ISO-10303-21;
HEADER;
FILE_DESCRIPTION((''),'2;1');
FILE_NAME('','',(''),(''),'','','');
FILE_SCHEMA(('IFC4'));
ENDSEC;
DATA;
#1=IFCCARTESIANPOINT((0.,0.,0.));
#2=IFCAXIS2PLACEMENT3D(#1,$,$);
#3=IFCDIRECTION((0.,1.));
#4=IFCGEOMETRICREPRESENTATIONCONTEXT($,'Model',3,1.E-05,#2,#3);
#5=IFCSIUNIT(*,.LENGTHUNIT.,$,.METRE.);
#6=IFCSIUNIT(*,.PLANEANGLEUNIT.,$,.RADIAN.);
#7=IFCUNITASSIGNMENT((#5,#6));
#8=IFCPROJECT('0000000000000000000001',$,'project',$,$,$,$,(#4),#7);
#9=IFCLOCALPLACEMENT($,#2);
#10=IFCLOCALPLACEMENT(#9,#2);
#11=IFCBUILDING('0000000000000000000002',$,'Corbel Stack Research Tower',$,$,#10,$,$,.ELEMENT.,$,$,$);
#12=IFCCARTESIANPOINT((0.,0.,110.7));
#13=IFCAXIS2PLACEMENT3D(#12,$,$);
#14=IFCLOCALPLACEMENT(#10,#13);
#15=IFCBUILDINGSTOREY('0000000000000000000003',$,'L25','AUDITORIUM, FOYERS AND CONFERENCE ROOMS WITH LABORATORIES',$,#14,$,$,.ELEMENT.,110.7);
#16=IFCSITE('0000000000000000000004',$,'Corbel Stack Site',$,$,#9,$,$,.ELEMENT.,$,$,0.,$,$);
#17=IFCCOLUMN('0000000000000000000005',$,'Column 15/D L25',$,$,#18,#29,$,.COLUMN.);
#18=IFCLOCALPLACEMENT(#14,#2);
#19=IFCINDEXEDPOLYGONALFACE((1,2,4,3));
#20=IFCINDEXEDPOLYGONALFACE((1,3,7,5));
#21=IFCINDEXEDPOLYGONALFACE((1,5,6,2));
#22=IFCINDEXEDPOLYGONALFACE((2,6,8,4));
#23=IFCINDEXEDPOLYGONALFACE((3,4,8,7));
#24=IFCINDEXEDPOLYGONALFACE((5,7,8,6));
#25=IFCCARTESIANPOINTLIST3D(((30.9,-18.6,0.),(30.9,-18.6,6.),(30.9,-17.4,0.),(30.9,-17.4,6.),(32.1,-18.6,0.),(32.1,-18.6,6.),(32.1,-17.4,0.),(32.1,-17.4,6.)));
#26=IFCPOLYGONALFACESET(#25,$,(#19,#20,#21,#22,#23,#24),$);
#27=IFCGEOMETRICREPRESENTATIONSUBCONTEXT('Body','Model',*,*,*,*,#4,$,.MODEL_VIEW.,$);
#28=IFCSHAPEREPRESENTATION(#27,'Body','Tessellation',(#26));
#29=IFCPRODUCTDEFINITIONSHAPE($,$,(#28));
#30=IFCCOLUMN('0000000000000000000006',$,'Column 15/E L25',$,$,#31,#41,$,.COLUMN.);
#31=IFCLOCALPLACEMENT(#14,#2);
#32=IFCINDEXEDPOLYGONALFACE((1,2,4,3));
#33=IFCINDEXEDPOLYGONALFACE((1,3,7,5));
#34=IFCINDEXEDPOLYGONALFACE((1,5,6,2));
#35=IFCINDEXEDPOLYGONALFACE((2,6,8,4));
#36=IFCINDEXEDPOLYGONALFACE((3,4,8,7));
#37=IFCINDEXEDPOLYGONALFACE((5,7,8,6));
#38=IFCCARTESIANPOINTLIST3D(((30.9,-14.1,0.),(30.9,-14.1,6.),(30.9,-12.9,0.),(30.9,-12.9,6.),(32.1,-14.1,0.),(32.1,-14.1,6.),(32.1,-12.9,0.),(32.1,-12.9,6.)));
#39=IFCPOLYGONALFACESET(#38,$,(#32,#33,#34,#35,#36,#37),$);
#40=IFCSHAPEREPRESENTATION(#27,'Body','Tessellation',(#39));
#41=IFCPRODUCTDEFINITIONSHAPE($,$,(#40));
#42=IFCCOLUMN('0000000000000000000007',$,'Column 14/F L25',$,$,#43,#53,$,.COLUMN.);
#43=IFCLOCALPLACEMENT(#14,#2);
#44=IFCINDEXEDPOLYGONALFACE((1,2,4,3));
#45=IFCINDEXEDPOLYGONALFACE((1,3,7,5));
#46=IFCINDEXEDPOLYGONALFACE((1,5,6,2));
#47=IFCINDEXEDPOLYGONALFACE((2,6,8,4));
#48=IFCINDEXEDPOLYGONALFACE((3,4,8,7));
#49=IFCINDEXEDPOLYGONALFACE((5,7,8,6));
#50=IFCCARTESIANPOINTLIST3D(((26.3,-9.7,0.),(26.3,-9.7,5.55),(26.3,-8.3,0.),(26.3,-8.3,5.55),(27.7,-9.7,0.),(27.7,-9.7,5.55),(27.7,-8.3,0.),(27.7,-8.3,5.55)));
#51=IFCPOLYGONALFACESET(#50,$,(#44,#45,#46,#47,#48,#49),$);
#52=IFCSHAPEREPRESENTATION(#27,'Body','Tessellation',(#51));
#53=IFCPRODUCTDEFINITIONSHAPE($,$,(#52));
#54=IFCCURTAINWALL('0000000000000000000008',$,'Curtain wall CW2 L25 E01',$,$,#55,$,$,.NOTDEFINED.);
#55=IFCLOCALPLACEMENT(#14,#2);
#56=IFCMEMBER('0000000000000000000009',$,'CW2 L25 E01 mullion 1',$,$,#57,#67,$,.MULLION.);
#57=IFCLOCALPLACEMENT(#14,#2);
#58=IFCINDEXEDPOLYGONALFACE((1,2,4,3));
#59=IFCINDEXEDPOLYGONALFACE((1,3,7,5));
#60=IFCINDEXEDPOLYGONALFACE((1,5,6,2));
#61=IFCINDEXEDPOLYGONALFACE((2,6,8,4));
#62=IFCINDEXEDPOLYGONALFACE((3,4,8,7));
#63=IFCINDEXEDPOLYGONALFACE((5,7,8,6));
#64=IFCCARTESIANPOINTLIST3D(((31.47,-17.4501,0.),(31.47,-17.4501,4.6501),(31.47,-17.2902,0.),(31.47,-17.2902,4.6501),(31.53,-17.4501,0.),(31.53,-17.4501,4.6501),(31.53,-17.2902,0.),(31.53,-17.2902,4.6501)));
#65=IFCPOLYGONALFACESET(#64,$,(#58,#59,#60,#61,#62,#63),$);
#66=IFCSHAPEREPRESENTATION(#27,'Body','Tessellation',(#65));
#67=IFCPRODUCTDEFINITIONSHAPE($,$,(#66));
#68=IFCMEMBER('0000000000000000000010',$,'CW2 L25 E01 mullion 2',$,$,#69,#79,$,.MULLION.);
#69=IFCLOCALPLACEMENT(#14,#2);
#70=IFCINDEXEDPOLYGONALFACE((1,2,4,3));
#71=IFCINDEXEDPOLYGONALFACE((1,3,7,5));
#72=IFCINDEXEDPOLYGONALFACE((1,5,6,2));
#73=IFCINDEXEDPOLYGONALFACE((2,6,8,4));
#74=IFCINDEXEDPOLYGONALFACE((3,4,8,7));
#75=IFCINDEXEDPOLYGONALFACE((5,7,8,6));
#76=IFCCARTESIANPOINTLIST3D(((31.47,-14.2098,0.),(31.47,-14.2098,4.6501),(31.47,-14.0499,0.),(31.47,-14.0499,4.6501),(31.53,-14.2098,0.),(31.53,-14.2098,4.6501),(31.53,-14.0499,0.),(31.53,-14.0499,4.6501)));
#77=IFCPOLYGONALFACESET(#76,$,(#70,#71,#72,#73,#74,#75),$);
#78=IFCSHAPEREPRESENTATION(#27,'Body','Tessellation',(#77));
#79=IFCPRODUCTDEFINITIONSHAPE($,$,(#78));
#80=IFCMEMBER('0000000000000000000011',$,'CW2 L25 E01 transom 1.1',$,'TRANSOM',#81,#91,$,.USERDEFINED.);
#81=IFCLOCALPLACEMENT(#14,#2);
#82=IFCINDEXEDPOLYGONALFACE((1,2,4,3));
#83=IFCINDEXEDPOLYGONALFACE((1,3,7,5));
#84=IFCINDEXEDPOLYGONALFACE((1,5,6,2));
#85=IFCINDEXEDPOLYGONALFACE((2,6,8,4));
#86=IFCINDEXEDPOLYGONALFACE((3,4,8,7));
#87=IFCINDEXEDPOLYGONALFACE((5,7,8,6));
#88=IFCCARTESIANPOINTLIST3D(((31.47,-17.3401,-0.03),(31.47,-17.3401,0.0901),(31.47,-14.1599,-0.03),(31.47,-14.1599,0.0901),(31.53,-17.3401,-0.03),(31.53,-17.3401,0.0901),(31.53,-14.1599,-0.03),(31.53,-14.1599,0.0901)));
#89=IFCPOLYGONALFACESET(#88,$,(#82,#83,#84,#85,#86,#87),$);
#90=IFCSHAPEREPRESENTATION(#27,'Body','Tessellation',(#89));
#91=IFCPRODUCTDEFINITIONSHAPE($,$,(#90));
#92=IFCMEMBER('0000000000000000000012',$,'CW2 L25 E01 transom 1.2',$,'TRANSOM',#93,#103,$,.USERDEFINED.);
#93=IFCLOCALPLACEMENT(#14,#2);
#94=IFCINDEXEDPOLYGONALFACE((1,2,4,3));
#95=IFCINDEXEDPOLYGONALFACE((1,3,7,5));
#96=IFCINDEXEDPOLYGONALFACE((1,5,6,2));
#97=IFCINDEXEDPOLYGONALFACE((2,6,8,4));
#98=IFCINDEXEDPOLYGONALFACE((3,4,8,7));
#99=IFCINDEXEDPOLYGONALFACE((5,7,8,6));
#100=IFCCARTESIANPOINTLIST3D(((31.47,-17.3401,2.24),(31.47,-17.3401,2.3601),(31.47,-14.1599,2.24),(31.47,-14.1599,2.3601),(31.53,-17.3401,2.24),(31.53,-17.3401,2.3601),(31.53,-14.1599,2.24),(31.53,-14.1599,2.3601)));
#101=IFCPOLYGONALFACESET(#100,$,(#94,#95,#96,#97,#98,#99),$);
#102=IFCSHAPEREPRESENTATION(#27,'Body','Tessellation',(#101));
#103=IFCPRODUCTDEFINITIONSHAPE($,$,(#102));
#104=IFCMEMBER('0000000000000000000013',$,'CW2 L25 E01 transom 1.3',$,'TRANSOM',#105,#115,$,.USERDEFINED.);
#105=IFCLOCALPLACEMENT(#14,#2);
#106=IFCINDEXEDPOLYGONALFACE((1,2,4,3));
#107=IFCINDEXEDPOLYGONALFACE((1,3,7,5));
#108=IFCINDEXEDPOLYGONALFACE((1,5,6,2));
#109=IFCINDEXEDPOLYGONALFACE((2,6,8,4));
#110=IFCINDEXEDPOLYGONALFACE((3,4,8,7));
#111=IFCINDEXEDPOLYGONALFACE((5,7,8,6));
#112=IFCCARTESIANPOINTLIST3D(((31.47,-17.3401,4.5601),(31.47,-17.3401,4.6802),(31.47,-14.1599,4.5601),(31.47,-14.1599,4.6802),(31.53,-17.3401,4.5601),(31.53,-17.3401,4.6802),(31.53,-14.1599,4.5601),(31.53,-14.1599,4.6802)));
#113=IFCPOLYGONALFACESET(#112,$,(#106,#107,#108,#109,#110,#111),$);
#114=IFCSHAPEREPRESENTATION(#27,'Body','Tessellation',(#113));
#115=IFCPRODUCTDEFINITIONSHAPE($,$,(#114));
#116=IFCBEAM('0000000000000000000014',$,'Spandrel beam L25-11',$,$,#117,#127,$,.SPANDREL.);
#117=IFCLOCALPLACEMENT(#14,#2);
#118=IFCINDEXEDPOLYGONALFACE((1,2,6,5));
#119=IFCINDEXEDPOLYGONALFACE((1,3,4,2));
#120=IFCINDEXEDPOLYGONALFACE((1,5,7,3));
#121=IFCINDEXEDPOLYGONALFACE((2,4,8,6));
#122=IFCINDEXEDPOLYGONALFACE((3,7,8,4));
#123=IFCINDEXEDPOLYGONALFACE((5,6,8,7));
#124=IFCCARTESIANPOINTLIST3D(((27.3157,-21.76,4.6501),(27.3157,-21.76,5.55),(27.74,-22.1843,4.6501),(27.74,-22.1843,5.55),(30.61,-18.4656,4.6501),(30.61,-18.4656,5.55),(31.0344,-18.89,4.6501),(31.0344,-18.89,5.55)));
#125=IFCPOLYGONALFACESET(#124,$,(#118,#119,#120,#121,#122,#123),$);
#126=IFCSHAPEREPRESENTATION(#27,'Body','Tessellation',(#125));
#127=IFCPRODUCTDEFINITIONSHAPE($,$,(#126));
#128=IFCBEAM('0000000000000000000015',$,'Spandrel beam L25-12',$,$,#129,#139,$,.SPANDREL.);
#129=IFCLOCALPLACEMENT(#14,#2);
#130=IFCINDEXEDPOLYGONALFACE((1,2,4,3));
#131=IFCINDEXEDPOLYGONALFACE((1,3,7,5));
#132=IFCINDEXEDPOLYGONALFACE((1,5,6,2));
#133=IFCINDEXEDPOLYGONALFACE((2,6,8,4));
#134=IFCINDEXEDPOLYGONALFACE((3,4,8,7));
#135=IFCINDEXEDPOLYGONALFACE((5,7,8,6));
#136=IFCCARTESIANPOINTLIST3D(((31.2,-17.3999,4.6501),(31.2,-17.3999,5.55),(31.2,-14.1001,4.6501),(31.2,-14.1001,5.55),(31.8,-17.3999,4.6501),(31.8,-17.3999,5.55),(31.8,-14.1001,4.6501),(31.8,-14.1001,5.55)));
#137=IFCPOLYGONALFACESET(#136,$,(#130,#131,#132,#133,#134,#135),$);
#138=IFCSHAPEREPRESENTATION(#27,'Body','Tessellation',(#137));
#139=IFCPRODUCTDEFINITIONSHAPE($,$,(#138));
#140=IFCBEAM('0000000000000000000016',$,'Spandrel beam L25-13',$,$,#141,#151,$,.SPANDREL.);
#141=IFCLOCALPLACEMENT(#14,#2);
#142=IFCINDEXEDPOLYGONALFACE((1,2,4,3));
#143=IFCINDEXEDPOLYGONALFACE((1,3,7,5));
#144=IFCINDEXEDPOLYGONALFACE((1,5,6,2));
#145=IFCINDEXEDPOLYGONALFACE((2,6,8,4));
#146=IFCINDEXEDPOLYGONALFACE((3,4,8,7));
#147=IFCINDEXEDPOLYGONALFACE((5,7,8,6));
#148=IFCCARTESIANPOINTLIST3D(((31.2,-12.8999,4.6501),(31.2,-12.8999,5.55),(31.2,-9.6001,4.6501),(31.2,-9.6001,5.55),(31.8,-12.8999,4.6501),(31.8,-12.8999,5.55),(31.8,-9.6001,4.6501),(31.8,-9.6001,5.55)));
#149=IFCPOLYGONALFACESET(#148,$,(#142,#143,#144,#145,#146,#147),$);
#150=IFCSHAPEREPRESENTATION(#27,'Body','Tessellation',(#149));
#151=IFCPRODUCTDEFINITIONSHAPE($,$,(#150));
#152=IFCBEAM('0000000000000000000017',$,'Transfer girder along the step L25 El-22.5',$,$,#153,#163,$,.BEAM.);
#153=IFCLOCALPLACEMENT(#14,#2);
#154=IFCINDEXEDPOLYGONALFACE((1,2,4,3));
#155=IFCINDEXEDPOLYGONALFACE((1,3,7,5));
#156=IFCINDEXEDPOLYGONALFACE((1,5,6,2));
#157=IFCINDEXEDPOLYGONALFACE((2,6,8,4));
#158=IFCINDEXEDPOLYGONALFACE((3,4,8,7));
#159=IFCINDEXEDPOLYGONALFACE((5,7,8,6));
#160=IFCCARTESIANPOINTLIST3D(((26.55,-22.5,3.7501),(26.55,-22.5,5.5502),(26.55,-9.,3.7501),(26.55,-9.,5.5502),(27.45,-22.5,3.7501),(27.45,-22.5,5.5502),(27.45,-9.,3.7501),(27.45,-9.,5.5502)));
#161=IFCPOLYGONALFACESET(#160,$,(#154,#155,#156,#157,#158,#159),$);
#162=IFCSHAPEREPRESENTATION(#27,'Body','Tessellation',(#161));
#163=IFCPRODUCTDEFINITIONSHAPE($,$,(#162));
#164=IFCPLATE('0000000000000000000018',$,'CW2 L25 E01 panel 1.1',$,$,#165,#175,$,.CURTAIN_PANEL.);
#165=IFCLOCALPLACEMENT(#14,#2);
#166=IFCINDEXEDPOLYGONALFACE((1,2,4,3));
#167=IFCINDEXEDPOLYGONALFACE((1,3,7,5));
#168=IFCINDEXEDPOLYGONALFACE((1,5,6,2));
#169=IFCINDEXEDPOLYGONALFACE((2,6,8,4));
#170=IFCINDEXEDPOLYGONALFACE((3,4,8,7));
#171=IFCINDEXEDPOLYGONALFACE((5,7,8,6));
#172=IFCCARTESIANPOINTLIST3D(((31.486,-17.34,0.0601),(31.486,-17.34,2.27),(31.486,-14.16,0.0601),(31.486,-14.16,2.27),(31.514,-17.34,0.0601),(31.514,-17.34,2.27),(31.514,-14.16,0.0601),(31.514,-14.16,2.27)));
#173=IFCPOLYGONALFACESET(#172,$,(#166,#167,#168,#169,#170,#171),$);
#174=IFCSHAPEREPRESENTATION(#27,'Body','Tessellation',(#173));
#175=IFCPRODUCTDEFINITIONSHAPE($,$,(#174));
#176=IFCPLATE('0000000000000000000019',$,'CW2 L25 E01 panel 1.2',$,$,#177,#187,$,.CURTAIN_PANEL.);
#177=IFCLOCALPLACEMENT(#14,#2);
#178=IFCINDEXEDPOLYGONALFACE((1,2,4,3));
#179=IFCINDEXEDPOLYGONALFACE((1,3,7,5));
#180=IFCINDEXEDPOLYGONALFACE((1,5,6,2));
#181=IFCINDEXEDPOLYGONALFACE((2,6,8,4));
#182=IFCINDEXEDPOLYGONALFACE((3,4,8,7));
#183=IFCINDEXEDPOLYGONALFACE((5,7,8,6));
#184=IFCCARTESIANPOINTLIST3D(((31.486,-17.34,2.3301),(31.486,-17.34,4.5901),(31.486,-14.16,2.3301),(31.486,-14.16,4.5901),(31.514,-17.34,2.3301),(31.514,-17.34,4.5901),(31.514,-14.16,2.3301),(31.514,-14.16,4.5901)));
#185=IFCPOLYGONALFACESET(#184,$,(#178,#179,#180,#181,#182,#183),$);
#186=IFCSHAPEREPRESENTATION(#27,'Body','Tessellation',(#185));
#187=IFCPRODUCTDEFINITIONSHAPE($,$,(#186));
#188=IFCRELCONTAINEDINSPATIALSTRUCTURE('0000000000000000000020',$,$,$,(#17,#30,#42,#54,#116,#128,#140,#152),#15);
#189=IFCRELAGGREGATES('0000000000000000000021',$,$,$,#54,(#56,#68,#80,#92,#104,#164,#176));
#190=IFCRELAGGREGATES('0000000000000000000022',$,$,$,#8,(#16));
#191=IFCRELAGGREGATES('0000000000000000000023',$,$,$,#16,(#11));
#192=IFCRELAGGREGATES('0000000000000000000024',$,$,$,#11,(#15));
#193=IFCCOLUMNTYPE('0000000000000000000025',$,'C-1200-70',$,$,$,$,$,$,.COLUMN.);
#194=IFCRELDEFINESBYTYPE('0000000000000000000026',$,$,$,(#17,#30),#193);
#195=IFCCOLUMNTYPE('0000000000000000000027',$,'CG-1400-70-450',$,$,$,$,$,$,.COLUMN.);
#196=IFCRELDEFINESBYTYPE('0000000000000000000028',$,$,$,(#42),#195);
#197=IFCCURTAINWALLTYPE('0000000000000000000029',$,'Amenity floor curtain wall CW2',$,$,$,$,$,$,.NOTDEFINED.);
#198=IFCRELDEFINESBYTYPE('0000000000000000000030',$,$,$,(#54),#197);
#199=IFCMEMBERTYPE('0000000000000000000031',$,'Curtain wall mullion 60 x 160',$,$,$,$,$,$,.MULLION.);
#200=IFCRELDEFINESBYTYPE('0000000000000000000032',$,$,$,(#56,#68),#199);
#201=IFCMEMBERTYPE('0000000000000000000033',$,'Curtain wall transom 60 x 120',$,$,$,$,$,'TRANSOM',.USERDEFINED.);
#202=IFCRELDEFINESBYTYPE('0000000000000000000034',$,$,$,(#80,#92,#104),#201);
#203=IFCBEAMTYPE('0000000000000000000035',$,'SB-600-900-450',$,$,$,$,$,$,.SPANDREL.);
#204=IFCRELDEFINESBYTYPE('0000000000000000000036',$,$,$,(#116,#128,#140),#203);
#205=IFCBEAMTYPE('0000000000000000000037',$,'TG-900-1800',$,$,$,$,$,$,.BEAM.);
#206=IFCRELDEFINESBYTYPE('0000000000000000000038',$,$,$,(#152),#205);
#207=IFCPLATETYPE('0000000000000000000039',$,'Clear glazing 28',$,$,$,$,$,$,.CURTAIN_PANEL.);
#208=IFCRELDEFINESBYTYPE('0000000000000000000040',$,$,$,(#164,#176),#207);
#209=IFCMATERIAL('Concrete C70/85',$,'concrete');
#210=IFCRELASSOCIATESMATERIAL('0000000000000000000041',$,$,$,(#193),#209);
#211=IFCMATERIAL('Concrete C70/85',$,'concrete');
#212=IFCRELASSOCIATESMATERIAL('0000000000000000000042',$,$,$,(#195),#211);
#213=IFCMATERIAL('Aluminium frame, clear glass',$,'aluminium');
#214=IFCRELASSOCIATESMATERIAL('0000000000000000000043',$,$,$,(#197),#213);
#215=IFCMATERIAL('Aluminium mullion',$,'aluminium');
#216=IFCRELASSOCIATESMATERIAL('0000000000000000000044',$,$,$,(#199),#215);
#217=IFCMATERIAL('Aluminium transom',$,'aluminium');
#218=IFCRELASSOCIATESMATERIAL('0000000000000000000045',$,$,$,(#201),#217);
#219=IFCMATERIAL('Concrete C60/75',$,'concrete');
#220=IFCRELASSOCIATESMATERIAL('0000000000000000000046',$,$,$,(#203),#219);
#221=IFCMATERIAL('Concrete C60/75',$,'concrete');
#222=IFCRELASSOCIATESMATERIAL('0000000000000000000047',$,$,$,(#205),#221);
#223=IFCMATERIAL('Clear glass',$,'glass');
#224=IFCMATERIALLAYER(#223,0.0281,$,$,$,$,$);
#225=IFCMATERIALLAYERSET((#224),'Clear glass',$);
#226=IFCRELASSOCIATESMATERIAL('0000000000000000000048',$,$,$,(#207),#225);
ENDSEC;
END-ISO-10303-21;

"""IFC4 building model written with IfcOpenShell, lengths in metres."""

from ifc_helpers import new_model, si_unit, direction, frame, origin, origin_2d, place, context, subcontext, project, spatial, rectangle, extrude, material, layer, layer_set, material_profile, profile_set, type_object, element, aggregate, save


model = new_model("IFC4")

# Units and contexts
model_context = context("Model", 3, precision=1e-05, world=origin(), true_north=direction((0.0, 1.0)))
body_context = subcontext(model_context, "Body", "Model", "MODEL_VIEW")
ifc_project = project(units=[si_unit("LENGTHUNIT", "METRE"), si_unit("PLANEANGLEUNIT", "RADIAN")], contexts=[model_context])

# Site, building, storey
site_placement = place(None, origin())
site = spatial("IfcSite", under=ifc_project, at=site_placement, Name="Corbel Stack Site", CompositionType="ELEMENT", RefElevation=0.0)
building_placement = place(site_placement, origin())
building = spatial("IfcBuilding", under=site, at=building_placement, Name="Corbel Stack Research Tower", CompositionType="ELEMENT")
storey_placement = place(building_placement, frame((0.0, 0.0, 110.7)))
storey = spatial("IfcBuildingStorey", under=building, at=storey_placement, Name="L25", Description="AUDITORIUM, FOYERS AND CONFERENCE ROOMS WITH LABORATORIES", CompositionType="ELEMENT", Elevation=110.7)

# Columns
ifc_material_1 = material(Name="Concrete C70/85", Category="concrete")
ifc_material_profile_1 = material_profile(ifc_material_1, rectangle(XDim=1.2, YDim=1.2, at=origin_2d()), Name="RC 1200 x 1200")
ifc_profile_set_1 = profile_set([ifc_material_profile_1], Name="Concrete C70/85")
column_type_1 = type_object("IfcColumnType", Name="C-1200-70", PredefinedType="COLUMN", material=ifc_profile_set_1)
for number, where, z_axis, x_axis, name in (
    (1, (31.5, -18.0, 0.0), (0.0, 0.0, 1.0), (1.0, 0.0, 0.0), "Column 15/D L25"),
    (2, (31.5, -13.5, 0.0), (0.0, 0.0, 1.0), (1.0, 0.0, 0.0), "Column 15/E L25"),
):
    element("IfcColumn", number, at=place(storey_placement, frame(where, z_axis=z_axis, x_axis=x_axis)), inside=storey, type_object=column_type_1, Name=name, PredefinedType="COLUMN", context=body_context, shape_type="SweptSolid", body=[
        extrude(rectangle(XDim=1.2, YDim=1.2, at=origin_2d()), origin(), (0.0, 0.0, 1.0), 6.0),
    ])
ifc_material_2 = material(Name="Concrete C70/85", Category="concrete")
ifc_material_profile_2 = material_profile(ifc_material_2, rectangle(XDim=1.3999, YDim=1.3999, at=origin_2d()), Name="RC 1400 x 1400")
ifc_profile_set_2 = profile_set([ifc_material_profile_2], Name="Concrete C70/85")
column_type_2 = type_object("IfcColumnType", Name="CG-1400-70-450", PredefinedType="COLUMN", material=ifc_profile_set_2)
column_placement = place(storey_placement, frame((27.0, -9.0, 0.0), z_axis=(0.0, 0.0, 1.0), x_axis=(1.0, 0.0, 0.0)))
element("IfcColumn", 3, at=column_placement, inside=storey, type_object=column_type_2, Name="Column 14/F L25", PredefinedType="COLUMN", context=body_context, shape_type="SweptSolid", body=[
    extrude(rectangle(XDim=1.3999, YDim=1.3999, at=origin_2d()), origin(), (0.0, 0.0, 1.0), 5.55),
])

# Curtain wall, members
ifc_material_3 = material(Name="Aluminium frame, clear glass", Category="aluminium")
curtain_wall_type = type_object("IfcCurtainWallType", Name="Amenity floor curtain wall CW2", PredefinedType="NOTDEFINED", material=ifc_material_3)
curtain_wall_placement = place(storey_placement, origin())
curtain_wall = element("IfcCurtainWall", 4, at=curtain_wall_placement, inside=storey, type_object=curtain_wall_type, Name="Curtain wall CW2 L25 E01", PredefinedType="NOTDEFINED")
ifc_material_4 = material(Name="Aluminium mullion", Category="aluminium")
ifc_material_profile_3 = material_profile(ifc_material_4, rectangle(XDim=0.0601, YDim=0.1599, at=origin_2d()), Name="Mullion 60 x 160")
ifc_profile_set_3 = profile_set([ifc_material_profile_3], Name="Aluminium mullion")
member_type_1 = type_object("IfcMemberType", Name="Curtain wall mullion 60 x 160", PredefinedType="MULLION", material=ifc_profile_set_3)
member_1_placement = place(storey_placement, frame((31.5, -17.3701, 0.0), z_axis=(0.0, 0.0, 1.0), x_axis=(-1.0, 0.0, 0.0)))
member_1 = element("IfcMember", 5, at=member_1_placement, type_object=member_type_1, Name="CW2 L25 E01 mullion 1", PredefinedType="MULLION", context=body_context, shape_type="SweptSolid", body=[
    extrude(rectangle(XDim=0.0601, YDim=0.1599, at=origin_2d()), origin(), (0.0, 0.0, 1.0), 4.6501),
])
member_2_placement = place(storey_placement, frame((31.5, -14.1299, 0.0), z_axis=(0.0, 0.0, 1.0), x_axis=(-1.0, 0.0, 0.0)))
member_2 = element("IfcMember", 6, at=member_2_placement, type_object=member_type_1, Name="CW2 L25 E01 mullion 2", PredefinedType="MULLION", context=body_context, shape_type="SweptSolid", body=[
    extrude(rectangle(XDim=0.0601, YDim=0.1599, at=origin_2d()), origin(), (0.0, 0.0, 1.0), 4.6501),
])
ifc_material_5 = material(Name="Aluminium transom", Category="aluminium")
ifc_material_profile_4 = material_profile(ifc_material_5, rectangle(XDim=0.0601, YDim=0.1201, at=origin_2d()), Name="Transom 60 x 120")
ifc_profile_set_4 = profile_set([ifc_material_profile_4], Name="Aluminium transom")
member_type_2 = type_object("IfcMemberType", Name="Curtain wall transom 60 x 120", ElementType="TRANSOM", PredefinedType="USERDEFINED", material=ifc_profile_set_4)
member_3_placement = place(storey_placement, frame((31.5, -17.3401, 0.03), z_axis=(0.0, 1.0, 0.0), x_axis=(-1.0, 0.0, 0.0)))
member_3 = element("IfcMember", 7, at=member_3_placement, type_object=member_type_2, Name="CW2 L25 E01 transom 1.1", ObjectType="TRANSOM", PredefinedType="USERDEFINED", context=body_context, shape_type="SweptSolid", body=[
    extrude(rectangle(XDim=0.0601, YDim=0.1201, at=origin_2d()), origin(), (0.0, 0.0, 1.0), 3.1802),
])
member_4_placement = place(storey_placement, frame((31.5, -17.3401, 2.3), z_axis=(0.0, 1.0, 0.0), x_axis=(-1.0, 0.0, 0.0)))
member_4 = element("IfcMember", 8, at=member_4_placement, type_object=member_type_2, Name="CW2 L25 E01 transom 1.2", ObjectType="TRANSOM", PredefinedType="USERDEFINED", context=body_context, shape_type="SweptSolid", body=[
    extrude(rectangle(XDim=0.0601, YDim=0.1201, at=origin_2d()), origin(), (0.0, 0.0, 1.0), 3.1802),
])
member_5_placement = place(storey_placement, frame((31.5, -17.3401, 4.6201), z_axis=(0.0, 1.0, 0.0), x_axis=(-1.0, 0.0, 0.0)))
member_5 = element("IfcMember", 9, at=member_5_placement, type_object=member_type_2, Name="CW2 L25 E01 transom 1.3", ObjectType="TRANSOM", PredefinedType="USERDEFINED", context=body_context, shape_type="SweptSolid", body=[
    extrude(rectangle(XDim=0.0601, YDim=0.1201, at=origin_2d()), origin(), (0.0, 0.0, 1.0), 3.1802),
])

# Beams
ifc_material_6 = material(Name="Concrete C60/75", Category="concrete")
ifc_material_profile_5 = material_profile(ifc_material_6, rectangle(XDim=0.6001, YDim=0.8999, at=origin_2d()), Name="RC 600 x 900")
ifc_profile_set_5 = profile_set([ifc_material_profile_5], Name="Concrete C60/75")
beam_type_1 = type_object("IfcBeamType", Name="SB-600-900-450", PredefinedType="SPANDREL", material=ifc_profile_set_5)
beam_1_placement = place(storey_placement, frame((27.5278, -21.9722, 5.1001), z_axis=(0.707107, 0.707107, 0.0), x_axis=(-0.707107, 0.707107, 0.0)))
element("IfcBeam", 10, at=beam_1_placement, inside=storey, type_object=beam_type_1, Name="Spandrel beam L25-11", PredefinedType="SPANDREL", context=body_context, shape_type="SweptSolid", body=[
    extrude(rectangle(XDim=0.6001, YDim=0.8999, at=origin_2d()), origin(), (0.0, 0.0, 1.0), 4.6589),
])
for number, where, z_axis, x_axis, name in (
    (11, (31.5, -17.3999, 5.1001), (0.0, 1.0, 0.0), (-1.0, 0.0, 0.0), "Spandrel beam L25-12"),
    (12, (31.5, -12.8999, 5.1001), (0.0, 1.0, 0.0), (-1.0, 0.0, 0.0), "Spandrel beam L25-13"),
):
    element("IfcBeam", number, at=place(storey_placement, frame(where, z_axis=z_axis, x_axis=x_axis)), inside=storey, type_object=beam_type_1, Name=name, PredefinedType="SPANDREL", context=body_context, shape_type="SweptSolid", body=[
        extrude(rectangle(XDim=0.6001, YDim=0.8999, at=origin_2d()), origin(), (0.0, 0.0, 1.0), 3.2998),
    ])
ifc_material_7 = material(Name="Concrete C60/75", Category="concrete")
ifc_material_profile_6 = material_profile(ifc_material_7, rectangle(XDim=0.8999, YDim=1.8, at=origin_2d()), Name="RC 900 x 1800")
ifc_profile_set_6 = profile_set([ifc_material_profile_6], Name="Concrete C60/75")
beam_type_2 = type_object("IfcBeamType", Name="TG-900-1800", PredefinedType="BEAM", material=ifc_profile_set_6)
beam_2_placement = place(storey_placement, frame((27.0, -22.5, 4.6501), z_axis=(0.0, 1.0, 0.0), x_axis=(-1.0, 0.0, 0.0)))
element("IfcBeam", 13, at=beam_2_placement, inside=storey, type_object=beam_type_2, Name="Transfer girder along the step L25 El-22.5", PredefinedType="BEAM", context=body_context, shape_type="SweptSolid", body=[
    extrude(rectangle(XDim=0.8999, YDim=1.8, at=origin_2d()), origin(), (0.0, 0.0, 1.0), 13.5),
])

# Plates
ifc_material_8 = material(Name="Clear glass", Category="glass")
ifc_layer_1 = layer(ifc_material_8, 0.0281)
ifc_layer_set_1 = layer_set([ifc_layer_1], Name="Clear glass")
plate_type = type_object("IfcPlateType", Name="Clear glazing 28", PredefinedType="CURTAIN_PANEL", material=ifc_layer_set_1)
plate_1_placement = place(storey_placement, frame((31.5, -15.75, 0.0601), z_axis=(0.0, 0.0, 1.0), x_axis=(0.0, 1.0, 0.0)))
plate_1 = element("IfcPlate", 14, at=plate_1_placement, type_object=plate_type, Name="CW2 L25 E01 panel 1.1", PredefinedType="CURTAIN_PANEL", context=body_context, shape_type="SweptSolid", body=[
    extrude(rectangle(XDim=3.1799, YDim=0.0281, at=origin_2d()), origin(), (0.0, 0.0, 1.0), 2.21),
])
plate_2_placement = place(storey_placement, frame((31.5, -15.75, 2.3301), z_axis=(0.0, 0.0, 1.0), x_axis=(0.0, 1.0, 0.0)))
plate_2 = element("IfcPlate", 15, at=plate_2_placement, type_object=plate_type, Name="CW2 L25 E01 panel 1.2", PredefinedType="CURTAIN_PANEL", context=body_context, shape_type="SweptSolid", body=[
    extrude(rectangle(XDim=3.1799, YDim=0.0281, at=origin_2d()), origin(), (0.0, 0.0, 1.0), 2.26),
])
aggregate(curtain_wall, [member_1, member_2, member_3, member_4, member_5, plate_1, plate_2])

save(model, "model.ifc")
